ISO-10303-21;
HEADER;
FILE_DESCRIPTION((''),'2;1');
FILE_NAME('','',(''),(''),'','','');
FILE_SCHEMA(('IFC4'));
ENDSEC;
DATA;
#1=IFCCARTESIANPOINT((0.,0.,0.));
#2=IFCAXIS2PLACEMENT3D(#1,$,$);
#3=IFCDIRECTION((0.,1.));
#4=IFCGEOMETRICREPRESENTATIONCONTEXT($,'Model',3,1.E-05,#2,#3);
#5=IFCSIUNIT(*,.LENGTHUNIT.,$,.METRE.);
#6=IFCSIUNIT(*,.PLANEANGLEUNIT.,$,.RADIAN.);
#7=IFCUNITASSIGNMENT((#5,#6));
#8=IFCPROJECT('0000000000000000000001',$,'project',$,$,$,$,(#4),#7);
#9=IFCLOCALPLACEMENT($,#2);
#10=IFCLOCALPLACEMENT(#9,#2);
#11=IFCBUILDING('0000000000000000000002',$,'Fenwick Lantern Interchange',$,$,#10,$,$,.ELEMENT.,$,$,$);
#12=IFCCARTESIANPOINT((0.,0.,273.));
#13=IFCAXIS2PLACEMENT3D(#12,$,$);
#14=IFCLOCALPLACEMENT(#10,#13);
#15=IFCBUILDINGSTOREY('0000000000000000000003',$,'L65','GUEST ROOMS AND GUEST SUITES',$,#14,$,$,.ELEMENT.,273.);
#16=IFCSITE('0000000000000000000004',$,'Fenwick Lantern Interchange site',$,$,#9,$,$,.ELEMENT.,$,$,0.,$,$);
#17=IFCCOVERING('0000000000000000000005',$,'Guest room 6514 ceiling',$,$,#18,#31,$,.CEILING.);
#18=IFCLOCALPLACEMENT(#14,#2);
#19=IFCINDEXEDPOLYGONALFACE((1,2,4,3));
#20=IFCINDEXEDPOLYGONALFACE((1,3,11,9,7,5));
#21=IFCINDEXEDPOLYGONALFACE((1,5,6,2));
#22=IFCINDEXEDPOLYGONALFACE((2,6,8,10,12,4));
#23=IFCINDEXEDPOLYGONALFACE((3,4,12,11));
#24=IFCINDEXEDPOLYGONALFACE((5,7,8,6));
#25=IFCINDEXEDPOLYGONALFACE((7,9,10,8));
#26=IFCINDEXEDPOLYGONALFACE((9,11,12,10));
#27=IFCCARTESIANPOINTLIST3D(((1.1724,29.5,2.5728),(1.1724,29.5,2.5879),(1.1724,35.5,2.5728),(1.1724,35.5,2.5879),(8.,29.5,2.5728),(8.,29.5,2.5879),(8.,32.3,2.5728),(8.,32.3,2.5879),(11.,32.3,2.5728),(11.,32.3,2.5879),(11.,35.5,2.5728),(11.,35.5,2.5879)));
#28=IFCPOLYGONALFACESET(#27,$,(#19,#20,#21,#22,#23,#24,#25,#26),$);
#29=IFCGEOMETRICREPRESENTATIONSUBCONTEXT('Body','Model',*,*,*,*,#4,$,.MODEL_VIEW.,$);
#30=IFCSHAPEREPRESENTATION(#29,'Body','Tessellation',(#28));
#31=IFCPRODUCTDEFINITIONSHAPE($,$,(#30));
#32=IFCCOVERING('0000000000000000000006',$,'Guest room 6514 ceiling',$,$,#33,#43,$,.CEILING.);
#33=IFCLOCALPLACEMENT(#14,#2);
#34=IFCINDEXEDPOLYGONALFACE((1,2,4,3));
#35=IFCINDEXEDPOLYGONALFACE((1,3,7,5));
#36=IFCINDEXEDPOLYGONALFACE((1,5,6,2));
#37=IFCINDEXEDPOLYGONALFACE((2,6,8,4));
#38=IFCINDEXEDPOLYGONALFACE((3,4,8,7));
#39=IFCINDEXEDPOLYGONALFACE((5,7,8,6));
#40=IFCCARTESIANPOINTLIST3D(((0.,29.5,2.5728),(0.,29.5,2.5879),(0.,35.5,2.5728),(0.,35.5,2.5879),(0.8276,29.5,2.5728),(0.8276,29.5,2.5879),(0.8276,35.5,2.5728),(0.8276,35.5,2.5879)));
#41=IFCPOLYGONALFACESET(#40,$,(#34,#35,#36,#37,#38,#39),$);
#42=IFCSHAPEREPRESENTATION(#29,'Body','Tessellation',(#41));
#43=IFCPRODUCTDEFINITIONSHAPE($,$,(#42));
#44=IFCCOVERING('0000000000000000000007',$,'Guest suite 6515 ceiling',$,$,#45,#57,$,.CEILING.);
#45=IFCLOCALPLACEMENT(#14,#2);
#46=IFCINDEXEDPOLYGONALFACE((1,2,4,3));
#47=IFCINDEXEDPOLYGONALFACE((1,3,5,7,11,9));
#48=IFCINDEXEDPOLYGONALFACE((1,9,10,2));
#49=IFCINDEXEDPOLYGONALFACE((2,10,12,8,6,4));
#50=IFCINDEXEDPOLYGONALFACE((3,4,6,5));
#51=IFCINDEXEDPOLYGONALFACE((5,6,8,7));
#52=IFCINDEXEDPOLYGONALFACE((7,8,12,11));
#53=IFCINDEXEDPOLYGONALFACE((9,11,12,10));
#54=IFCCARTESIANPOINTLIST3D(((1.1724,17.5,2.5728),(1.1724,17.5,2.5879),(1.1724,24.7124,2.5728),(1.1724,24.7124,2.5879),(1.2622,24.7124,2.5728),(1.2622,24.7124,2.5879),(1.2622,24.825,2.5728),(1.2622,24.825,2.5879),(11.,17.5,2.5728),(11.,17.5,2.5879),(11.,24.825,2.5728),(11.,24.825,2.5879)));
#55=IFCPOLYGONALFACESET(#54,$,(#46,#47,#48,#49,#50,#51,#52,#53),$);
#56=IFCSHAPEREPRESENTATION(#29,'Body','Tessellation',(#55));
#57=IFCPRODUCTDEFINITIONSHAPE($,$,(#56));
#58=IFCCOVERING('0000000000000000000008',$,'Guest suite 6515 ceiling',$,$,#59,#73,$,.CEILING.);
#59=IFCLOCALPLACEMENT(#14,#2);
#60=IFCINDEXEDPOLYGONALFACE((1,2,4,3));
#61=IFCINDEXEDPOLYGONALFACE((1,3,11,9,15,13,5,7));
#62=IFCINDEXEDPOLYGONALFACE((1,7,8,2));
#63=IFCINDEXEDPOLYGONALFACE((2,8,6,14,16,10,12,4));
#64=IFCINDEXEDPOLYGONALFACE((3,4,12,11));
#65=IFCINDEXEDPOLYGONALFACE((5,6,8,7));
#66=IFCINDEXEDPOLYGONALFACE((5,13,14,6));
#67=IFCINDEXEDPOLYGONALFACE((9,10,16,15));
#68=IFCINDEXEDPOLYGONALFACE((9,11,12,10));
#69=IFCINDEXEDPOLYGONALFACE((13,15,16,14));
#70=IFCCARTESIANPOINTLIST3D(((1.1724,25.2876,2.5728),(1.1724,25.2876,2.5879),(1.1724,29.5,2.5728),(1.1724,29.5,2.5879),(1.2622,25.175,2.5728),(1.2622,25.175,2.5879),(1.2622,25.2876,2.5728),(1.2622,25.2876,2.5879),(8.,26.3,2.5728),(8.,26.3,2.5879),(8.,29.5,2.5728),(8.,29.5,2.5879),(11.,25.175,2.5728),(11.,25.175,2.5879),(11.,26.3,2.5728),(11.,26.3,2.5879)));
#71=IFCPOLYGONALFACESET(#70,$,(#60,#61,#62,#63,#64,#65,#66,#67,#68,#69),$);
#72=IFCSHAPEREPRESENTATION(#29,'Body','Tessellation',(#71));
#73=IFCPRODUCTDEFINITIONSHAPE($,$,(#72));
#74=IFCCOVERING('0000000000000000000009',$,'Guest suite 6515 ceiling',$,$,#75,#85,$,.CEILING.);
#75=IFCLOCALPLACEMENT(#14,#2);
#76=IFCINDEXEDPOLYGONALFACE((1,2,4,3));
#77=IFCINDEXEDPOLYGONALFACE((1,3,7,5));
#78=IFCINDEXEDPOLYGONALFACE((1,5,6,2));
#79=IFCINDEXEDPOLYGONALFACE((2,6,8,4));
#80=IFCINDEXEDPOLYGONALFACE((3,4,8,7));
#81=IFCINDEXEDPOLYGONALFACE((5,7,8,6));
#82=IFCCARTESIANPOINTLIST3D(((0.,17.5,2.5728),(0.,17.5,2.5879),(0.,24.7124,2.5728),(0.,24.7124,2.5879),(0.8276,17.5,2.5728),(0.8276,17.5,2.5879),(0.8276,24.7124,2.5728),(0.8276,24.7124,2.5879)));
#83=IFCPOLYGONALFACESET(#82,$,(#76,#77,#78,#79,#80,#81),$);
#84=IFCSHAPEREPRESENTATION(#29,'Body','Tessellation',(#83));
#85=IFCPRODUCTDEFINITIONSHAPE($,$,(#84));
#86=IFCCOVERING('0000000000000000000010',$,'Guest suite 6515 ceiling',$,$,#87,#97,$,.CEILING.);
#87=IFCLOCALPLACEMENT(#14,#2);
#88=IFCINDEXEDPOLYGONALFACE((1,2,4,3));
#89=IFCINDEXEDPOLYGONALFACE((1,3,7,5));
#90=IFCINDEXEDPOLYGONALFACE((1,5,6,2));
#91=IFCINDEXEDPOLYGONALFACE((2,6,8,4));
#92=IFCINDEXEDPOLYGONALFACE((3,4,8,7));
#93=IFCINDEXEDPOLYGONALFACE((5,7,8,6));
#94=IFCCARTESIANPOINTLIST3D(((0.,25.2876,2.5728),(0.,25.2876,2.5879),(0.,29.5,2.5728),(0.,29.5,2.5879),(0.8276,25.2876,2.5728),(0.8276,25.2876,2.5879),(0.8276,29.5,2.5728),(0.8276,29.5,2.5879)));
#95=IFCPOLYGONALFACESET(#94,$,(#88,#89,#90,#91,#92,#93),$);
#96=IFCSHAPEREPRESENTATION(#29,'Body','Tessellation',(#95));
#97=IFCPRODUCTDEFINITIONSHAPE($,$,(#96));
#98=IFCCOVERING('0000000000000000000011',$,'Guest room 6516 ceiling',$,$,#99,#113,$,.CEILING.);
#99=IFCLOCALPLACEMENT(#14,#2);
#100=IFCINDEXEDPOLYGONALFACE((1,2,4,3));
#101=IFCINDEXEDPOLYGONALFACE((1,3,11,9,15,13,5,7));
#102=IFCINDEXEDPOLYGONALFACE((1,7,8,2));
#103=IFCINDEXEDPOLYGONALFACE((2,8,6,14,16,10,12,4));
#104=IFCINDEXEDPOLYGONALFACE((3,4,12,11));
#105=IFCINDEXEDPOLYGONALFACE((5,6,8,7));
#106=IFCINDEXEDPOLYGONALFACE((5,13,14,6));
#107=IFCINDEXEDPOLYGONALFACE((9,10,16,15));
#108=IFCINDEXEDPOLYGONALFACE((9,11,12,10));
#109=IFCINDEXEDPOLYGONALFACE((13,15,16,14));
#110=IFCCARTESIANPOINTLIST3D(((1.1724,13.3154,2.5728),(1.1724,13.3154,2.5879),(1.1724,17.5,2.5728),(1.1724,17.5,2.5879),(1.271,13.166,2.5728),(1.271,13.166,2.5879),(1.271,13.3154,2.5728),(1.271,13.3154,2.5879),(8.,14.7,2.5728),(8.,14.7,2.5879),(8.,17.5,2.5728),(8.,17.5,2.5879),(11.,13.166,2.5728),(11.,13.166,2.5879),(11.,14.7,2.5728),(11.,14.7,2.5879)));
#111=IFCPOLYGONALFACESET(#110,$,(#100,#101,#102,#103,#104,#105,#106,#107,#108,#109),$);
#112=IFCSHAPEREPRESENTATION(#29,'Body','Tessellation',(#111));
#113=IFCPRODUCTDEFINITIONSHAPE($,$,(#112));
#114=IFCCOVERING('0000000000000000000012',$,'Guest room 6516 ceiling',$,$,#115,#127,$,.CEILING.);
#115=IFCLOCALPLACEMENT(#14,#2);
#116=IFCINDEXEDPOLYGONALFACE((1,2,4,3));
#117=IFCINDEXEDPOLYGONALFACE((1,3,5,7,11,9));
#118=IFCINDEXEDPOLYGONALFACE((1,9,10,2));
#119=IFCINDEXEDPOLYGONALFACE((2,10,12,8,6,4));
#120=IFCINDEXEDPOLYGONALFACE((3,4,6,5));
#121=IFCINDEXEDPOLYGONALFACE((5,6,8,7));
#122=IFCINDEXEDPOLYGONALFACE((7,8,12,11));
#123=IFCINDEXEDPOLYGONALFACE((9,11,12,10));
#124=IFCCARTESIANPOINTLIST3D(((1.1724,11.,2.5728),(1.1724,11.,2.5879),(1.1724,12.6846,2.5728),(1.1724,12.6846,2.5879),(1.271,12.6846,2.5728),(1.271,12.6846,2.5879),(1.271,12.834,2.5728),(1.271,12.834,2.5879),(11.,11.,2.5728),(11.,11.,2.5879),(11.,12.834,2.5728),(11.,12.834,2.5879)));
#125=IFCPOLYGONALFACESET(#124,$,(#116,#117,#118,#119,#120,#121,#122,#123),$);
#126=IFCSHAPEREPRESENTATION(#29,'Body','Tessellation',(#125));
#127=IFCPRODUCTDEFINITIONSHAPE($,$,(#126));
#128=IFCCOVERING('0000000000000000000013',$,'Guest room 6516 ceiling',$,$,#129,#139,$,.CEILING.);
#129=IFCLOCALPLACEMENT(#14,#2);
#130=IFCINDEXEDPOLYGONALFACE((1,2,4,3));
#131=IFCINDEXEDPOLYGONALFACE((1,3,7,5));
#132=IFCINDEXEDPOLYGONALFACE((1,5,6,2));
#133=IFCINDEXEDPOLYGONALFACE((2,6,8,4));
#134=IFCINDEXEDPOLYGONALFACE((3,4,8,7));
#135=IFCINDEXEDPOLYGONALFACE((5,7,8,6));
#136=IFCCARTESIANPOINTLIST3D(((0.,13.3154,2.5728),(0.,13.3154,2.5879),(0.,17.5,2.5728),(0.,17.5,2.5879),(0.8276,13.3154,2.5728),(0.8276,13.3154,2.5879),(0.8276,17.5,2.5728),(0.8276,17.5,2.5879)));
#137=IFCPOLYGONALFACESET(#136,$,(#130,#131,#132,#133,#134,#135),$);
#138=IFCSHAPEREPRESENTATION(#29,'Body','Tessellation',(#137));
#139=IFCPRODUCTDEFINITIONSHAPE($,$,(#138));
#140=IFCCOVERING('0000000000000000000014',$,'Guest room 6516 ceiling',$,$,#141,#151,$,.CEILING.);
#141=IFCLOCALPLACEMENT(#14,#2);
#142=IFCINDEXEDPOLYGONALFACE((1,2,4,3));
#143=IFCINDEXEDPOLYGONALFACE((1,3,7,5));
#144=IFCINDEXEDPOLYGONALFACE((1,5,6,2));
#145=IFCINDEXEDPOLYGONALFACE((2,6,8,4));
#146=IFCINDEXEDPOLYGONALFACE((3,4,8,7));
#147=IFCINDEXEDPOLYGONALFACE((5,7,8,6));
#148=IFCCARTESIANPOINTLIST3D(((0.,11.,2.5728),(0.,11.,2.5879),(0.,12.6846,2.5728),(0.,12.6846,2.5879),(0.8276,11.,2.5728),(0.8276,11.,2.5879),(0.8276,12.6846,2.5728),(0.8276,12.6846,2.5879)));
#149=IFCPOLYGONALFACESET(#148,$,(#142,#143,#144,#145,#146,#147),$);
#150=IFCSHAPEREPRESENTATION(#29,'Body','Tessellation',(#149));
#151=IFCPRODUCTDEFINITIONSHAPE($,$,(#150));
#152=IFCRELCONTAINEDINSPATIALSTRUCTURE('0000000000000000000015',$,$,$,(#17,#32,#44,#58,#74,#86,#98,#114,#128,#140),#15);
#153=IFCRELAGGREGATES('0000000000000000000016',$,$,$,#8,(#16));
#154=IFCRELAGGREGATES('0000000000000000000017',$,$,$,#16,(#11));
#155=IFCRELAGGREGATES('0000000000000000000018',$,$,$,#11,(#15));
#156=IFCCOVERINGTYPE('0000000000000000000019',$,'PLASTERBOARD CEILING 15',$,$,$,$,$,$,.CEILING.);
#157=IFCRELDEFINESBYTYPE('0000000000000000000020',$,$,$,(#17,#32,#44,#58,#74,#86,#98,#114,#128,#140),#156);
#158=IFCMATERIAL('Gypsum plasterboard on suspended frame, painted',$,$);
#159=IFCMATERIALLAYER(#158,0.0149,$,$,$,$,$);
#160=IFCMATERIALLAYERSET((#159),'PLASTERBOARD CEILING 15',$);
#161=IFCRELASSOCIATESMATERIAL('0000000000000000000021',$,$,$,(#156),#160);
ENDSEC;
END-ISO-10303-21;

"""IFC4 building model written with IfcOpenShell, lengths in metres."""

from ifc_helpers import new_model, si_unit, direction, frame, origin, place, context, subcontext, project, spatial, polyline, outline, extrude, material, layer, layer_set, type_object, element, save


model = new_model("IFC4")

# Units and contexts
model_context = context("Model", 3, precision=1e-05, world=origin(), true_north=direction((0.0, 1.0)))
body_context = subcontext(model_context, "Body", "Model", "MODEL_VIEW")
ifc_project = project(units=[si_unit("LENGTHUNIT", "METRE"), si_unit("PLANEANGLEUNIT", "RADIAN")], contexts=[model_context])

# Site, building, storey
site_placement = place(None, origin())
site = spatial("IfcSite", under=ifc_project, at=site_placement, Name="Fenwick Lantern Interchange site", CompositionType="ELEMENT", RefElevation=0.0)
building_placement = place(site_placement, origin())
building = spatial("IfcBuilding", under=site, at=building_placement, Name="Fenwick Lantern Interchange", CompositionType="ELEMENT")
storey_placement = place(building_placement, frame((0.0, 0.0, 273.0)))
storey = spatial("IfcBuildingStorey", under=building, at=storey_placement, Name="L65", Description="GUEST ROOMS AND GUEST SUITES", CompositionType="ELEMENT", Elevation=273.0)

# Coverings
ifc_material_1 = material(Name="Gypsum plasterboard on suspended frame, painted")
ifc_layer_1 = layer(ifc_material_1, 0.0149)
ifc_layer_set_1 = layer_set([ifc_layer_1], Name="PLASTERBOARD CEILING 15")
covering_type_1 = type_object("IfcCoveringType", Name="PLASTERBOARD CEILING 15", PredefinedType="CEILING", material=ifc_layer_set_1)
covering_1_placement = place(storey_placement, frame((0.0, 0.0, 2.5728)))
element("IfcCovering", 1, at=covering_1_placement, inside=storey, type_object=covering_type_1, Name="Guest room 6514 ceiling", PredefinedType="CEILING", context=body_context, shape_type="SweptSolid", body=[
    extrude(outline(polyline([(11.0, 35.5), (1.1724, 35.5), (1.1724, 29.5), (8.0, 29.5), (8.0, 32.3), (11.0, 32.3), (11.0, 35.5)])), origin(), (0.0, 0.0, 1.0), 0.0151),
])
covering_2_placement = place(storey_placement, frame((0.0, 0.0, 2.5728)))
element("IfcCovering", 2, at=covering_2_placement, inside=storey, type_object=covering_type_1, Name="Guest room 6514 ceiling", PredefinedType="CEILING", context=body_context, shape_type="SweptSolid", body=[
    extrude(outline(polyline([(0.0, 35.5), (0.0, 29.5), (0.8276, 29.5), (0.8276, 35.5), (0.0, 35.5)])), origin(), (0.0, 0.0, 1.0), 0.0151),
])
covering_3_placement = place(storey_placement, frame((0.0, 0.0, 2.5728)))
element("IfcCovering", 3, at=covering_3_placement, inside=storey, type_object=covering_type_1, Name="Guest suite 6515 ceiling", PredefinedType="CEILING", context=body_context, shape_type="SweptSolid", body=[
    extrude(outline(polyline([(1.2622, 24.7124), (1.1724, 24.7124), (1.1724, 17.5), (11.0, 17.5), (11.0, 24.825), (1.2622, 24.825), (1.2622, 24.7124)])), origin(), (0.0, 0.0, 1.0), 0.0151),
])
covering_4_placement = place(storey_placement, frame((0.0, 0.0, 2.5728)))
element("IfcCovering", 4, at=covering_4_placement, inside=storey, type_object=covering_type_1, Name="Guest suite 6515 ceiling", PredefinedType="CEILING", context=body_context, shape_type="SweptSolid", body=[
    extrude(outline(polyline([(1.2622, 25.2876), (1.2622, 25.175), (11.0, 25.175), (11.0, 26.3), (8.0, 26.3), (8.0, 29.5), (1.1724, 29.5), (1.1724, 25.2876), (1.2622, 25.2876)])), origin(), (0.0, 0.0, 1.0), 0.0151),
])
covering_5_placement = place(storey_placement, frame((0.0, 0.0, 2.5728)))
element("IfcCovering", 5, at=covering_5_placement, inside=storey, type_object=covering_type_1, Name="Guest suite 6515 ceiling", PredefinedType="CEILING", context=body_context, shape_type="SweptSolid", body=[
    extrude(outline(polyline([(0.0, 24.7124), (0.0, 17.5), (0.8276, 17.5), (0.8276, 24.7124), (0.0, 24.7124)])), origin(), (0.0, 0.0, 1.0), 0.0151),
])
covering_6_placement = place(storey_placement, frame((0.0, 0.0, 2.5728)))
element("IfcCovering", 6, at=covering_6_placement, inside=storey, type_object=covering_type_1, Name="Guest suite 6515 ceiling", PredefinedType="CEILING", context=body_context, shape_type="SweptSolid", body=[
    extrude(outline(polyline([(0.0, 25.2876), (0.8276, 25.2876), (0.8276, 29.5), (0.0, 29.5), (0.0, 25.2876)])), origin(), (0.0, 0.0, 1.0), 0.0151),
])
covering_7_placement = place(storey_placement, frame((0.0, 0.0, 2.5728)))
element("IfcCovering", 7, at=covering_7_placement, inside=storey, type_object=covering_type_1, Name="Guest room 6516 ceiling", PredefinedType="CEILING", context=body_context, shape_type="SweptSolid", body=[
    extrude(outline(polyline([(1.271, 13.3154), (1.271, 13.166), (11.0, 13.166), (11.0, 14.7), (8.0, 14.7), (8.0, 17.5), (1.1724, 17.5), (1.1724, 13.3154), (1.271, 13.3154)])), origin(), (0.0, 0.0, 1.0), 0.0151),
])
covering_8_placement = place(storey_placement, frame((0.0, 0.0, 2.5728)))
element("IfcCovering", 8, at=covering_8_placement, inside=storey, type_object=covering_type_1, Name="Guest room 6516 ceiling", PredefinedType="CEILING", context=body_context, shape_type="SweptSolid", body=[
    extrude(outline(polyline([(1.271, 12.6846), (1.1724, 12.6846), (1.1724, 11.0), (11.0, 11.0), (11.0, 12.834), (1.271, 12.834), (1.271, 12.6846)])), origin(), (0.0, 0.0, 1.0), 0.0151),
])
covering_9_placement = place(storey_placement, frame((0.0, 0.0, 2.5728)))
element("IfcCovering", 9, at=covering_9_placement, inside=storey, type_object=covering_type_1, Name="Guest room 6516 ceiling", PredefinedType="CEILING", context=body_context, shape_type="SweptSolid", body=[
    extrude(outline(polyline([(0.0, 13.3154), (0.8276, 13.3154), (0.8276, 17.5), (0.0, 17.5), (0.0, 13.3154)])), origin(), (0.0, 0.0, 1.0), 0.0151),
])
covering_10_placement = place(storey_placement, frame((0.0, 0.0, 2.5728)))
element("IfcCovering", 10, at=covering_10_placement, inside=storey, type_object=covering_type_1, Name="Guest room 6516 ceiling", PredefinedType="CEILING", context=body_context, shape_type="SweptSolid", body=[
    extrude(outline(polyline([(0.0, 12.6846), (0.0, 11.0), (0.8276, 11.0), (0.8276, 12.6846), (0.0, 12.6846)])), origin(), (0.0, 0.0, 1.0), 0.0151),
])

save(model, "model.ifc")
